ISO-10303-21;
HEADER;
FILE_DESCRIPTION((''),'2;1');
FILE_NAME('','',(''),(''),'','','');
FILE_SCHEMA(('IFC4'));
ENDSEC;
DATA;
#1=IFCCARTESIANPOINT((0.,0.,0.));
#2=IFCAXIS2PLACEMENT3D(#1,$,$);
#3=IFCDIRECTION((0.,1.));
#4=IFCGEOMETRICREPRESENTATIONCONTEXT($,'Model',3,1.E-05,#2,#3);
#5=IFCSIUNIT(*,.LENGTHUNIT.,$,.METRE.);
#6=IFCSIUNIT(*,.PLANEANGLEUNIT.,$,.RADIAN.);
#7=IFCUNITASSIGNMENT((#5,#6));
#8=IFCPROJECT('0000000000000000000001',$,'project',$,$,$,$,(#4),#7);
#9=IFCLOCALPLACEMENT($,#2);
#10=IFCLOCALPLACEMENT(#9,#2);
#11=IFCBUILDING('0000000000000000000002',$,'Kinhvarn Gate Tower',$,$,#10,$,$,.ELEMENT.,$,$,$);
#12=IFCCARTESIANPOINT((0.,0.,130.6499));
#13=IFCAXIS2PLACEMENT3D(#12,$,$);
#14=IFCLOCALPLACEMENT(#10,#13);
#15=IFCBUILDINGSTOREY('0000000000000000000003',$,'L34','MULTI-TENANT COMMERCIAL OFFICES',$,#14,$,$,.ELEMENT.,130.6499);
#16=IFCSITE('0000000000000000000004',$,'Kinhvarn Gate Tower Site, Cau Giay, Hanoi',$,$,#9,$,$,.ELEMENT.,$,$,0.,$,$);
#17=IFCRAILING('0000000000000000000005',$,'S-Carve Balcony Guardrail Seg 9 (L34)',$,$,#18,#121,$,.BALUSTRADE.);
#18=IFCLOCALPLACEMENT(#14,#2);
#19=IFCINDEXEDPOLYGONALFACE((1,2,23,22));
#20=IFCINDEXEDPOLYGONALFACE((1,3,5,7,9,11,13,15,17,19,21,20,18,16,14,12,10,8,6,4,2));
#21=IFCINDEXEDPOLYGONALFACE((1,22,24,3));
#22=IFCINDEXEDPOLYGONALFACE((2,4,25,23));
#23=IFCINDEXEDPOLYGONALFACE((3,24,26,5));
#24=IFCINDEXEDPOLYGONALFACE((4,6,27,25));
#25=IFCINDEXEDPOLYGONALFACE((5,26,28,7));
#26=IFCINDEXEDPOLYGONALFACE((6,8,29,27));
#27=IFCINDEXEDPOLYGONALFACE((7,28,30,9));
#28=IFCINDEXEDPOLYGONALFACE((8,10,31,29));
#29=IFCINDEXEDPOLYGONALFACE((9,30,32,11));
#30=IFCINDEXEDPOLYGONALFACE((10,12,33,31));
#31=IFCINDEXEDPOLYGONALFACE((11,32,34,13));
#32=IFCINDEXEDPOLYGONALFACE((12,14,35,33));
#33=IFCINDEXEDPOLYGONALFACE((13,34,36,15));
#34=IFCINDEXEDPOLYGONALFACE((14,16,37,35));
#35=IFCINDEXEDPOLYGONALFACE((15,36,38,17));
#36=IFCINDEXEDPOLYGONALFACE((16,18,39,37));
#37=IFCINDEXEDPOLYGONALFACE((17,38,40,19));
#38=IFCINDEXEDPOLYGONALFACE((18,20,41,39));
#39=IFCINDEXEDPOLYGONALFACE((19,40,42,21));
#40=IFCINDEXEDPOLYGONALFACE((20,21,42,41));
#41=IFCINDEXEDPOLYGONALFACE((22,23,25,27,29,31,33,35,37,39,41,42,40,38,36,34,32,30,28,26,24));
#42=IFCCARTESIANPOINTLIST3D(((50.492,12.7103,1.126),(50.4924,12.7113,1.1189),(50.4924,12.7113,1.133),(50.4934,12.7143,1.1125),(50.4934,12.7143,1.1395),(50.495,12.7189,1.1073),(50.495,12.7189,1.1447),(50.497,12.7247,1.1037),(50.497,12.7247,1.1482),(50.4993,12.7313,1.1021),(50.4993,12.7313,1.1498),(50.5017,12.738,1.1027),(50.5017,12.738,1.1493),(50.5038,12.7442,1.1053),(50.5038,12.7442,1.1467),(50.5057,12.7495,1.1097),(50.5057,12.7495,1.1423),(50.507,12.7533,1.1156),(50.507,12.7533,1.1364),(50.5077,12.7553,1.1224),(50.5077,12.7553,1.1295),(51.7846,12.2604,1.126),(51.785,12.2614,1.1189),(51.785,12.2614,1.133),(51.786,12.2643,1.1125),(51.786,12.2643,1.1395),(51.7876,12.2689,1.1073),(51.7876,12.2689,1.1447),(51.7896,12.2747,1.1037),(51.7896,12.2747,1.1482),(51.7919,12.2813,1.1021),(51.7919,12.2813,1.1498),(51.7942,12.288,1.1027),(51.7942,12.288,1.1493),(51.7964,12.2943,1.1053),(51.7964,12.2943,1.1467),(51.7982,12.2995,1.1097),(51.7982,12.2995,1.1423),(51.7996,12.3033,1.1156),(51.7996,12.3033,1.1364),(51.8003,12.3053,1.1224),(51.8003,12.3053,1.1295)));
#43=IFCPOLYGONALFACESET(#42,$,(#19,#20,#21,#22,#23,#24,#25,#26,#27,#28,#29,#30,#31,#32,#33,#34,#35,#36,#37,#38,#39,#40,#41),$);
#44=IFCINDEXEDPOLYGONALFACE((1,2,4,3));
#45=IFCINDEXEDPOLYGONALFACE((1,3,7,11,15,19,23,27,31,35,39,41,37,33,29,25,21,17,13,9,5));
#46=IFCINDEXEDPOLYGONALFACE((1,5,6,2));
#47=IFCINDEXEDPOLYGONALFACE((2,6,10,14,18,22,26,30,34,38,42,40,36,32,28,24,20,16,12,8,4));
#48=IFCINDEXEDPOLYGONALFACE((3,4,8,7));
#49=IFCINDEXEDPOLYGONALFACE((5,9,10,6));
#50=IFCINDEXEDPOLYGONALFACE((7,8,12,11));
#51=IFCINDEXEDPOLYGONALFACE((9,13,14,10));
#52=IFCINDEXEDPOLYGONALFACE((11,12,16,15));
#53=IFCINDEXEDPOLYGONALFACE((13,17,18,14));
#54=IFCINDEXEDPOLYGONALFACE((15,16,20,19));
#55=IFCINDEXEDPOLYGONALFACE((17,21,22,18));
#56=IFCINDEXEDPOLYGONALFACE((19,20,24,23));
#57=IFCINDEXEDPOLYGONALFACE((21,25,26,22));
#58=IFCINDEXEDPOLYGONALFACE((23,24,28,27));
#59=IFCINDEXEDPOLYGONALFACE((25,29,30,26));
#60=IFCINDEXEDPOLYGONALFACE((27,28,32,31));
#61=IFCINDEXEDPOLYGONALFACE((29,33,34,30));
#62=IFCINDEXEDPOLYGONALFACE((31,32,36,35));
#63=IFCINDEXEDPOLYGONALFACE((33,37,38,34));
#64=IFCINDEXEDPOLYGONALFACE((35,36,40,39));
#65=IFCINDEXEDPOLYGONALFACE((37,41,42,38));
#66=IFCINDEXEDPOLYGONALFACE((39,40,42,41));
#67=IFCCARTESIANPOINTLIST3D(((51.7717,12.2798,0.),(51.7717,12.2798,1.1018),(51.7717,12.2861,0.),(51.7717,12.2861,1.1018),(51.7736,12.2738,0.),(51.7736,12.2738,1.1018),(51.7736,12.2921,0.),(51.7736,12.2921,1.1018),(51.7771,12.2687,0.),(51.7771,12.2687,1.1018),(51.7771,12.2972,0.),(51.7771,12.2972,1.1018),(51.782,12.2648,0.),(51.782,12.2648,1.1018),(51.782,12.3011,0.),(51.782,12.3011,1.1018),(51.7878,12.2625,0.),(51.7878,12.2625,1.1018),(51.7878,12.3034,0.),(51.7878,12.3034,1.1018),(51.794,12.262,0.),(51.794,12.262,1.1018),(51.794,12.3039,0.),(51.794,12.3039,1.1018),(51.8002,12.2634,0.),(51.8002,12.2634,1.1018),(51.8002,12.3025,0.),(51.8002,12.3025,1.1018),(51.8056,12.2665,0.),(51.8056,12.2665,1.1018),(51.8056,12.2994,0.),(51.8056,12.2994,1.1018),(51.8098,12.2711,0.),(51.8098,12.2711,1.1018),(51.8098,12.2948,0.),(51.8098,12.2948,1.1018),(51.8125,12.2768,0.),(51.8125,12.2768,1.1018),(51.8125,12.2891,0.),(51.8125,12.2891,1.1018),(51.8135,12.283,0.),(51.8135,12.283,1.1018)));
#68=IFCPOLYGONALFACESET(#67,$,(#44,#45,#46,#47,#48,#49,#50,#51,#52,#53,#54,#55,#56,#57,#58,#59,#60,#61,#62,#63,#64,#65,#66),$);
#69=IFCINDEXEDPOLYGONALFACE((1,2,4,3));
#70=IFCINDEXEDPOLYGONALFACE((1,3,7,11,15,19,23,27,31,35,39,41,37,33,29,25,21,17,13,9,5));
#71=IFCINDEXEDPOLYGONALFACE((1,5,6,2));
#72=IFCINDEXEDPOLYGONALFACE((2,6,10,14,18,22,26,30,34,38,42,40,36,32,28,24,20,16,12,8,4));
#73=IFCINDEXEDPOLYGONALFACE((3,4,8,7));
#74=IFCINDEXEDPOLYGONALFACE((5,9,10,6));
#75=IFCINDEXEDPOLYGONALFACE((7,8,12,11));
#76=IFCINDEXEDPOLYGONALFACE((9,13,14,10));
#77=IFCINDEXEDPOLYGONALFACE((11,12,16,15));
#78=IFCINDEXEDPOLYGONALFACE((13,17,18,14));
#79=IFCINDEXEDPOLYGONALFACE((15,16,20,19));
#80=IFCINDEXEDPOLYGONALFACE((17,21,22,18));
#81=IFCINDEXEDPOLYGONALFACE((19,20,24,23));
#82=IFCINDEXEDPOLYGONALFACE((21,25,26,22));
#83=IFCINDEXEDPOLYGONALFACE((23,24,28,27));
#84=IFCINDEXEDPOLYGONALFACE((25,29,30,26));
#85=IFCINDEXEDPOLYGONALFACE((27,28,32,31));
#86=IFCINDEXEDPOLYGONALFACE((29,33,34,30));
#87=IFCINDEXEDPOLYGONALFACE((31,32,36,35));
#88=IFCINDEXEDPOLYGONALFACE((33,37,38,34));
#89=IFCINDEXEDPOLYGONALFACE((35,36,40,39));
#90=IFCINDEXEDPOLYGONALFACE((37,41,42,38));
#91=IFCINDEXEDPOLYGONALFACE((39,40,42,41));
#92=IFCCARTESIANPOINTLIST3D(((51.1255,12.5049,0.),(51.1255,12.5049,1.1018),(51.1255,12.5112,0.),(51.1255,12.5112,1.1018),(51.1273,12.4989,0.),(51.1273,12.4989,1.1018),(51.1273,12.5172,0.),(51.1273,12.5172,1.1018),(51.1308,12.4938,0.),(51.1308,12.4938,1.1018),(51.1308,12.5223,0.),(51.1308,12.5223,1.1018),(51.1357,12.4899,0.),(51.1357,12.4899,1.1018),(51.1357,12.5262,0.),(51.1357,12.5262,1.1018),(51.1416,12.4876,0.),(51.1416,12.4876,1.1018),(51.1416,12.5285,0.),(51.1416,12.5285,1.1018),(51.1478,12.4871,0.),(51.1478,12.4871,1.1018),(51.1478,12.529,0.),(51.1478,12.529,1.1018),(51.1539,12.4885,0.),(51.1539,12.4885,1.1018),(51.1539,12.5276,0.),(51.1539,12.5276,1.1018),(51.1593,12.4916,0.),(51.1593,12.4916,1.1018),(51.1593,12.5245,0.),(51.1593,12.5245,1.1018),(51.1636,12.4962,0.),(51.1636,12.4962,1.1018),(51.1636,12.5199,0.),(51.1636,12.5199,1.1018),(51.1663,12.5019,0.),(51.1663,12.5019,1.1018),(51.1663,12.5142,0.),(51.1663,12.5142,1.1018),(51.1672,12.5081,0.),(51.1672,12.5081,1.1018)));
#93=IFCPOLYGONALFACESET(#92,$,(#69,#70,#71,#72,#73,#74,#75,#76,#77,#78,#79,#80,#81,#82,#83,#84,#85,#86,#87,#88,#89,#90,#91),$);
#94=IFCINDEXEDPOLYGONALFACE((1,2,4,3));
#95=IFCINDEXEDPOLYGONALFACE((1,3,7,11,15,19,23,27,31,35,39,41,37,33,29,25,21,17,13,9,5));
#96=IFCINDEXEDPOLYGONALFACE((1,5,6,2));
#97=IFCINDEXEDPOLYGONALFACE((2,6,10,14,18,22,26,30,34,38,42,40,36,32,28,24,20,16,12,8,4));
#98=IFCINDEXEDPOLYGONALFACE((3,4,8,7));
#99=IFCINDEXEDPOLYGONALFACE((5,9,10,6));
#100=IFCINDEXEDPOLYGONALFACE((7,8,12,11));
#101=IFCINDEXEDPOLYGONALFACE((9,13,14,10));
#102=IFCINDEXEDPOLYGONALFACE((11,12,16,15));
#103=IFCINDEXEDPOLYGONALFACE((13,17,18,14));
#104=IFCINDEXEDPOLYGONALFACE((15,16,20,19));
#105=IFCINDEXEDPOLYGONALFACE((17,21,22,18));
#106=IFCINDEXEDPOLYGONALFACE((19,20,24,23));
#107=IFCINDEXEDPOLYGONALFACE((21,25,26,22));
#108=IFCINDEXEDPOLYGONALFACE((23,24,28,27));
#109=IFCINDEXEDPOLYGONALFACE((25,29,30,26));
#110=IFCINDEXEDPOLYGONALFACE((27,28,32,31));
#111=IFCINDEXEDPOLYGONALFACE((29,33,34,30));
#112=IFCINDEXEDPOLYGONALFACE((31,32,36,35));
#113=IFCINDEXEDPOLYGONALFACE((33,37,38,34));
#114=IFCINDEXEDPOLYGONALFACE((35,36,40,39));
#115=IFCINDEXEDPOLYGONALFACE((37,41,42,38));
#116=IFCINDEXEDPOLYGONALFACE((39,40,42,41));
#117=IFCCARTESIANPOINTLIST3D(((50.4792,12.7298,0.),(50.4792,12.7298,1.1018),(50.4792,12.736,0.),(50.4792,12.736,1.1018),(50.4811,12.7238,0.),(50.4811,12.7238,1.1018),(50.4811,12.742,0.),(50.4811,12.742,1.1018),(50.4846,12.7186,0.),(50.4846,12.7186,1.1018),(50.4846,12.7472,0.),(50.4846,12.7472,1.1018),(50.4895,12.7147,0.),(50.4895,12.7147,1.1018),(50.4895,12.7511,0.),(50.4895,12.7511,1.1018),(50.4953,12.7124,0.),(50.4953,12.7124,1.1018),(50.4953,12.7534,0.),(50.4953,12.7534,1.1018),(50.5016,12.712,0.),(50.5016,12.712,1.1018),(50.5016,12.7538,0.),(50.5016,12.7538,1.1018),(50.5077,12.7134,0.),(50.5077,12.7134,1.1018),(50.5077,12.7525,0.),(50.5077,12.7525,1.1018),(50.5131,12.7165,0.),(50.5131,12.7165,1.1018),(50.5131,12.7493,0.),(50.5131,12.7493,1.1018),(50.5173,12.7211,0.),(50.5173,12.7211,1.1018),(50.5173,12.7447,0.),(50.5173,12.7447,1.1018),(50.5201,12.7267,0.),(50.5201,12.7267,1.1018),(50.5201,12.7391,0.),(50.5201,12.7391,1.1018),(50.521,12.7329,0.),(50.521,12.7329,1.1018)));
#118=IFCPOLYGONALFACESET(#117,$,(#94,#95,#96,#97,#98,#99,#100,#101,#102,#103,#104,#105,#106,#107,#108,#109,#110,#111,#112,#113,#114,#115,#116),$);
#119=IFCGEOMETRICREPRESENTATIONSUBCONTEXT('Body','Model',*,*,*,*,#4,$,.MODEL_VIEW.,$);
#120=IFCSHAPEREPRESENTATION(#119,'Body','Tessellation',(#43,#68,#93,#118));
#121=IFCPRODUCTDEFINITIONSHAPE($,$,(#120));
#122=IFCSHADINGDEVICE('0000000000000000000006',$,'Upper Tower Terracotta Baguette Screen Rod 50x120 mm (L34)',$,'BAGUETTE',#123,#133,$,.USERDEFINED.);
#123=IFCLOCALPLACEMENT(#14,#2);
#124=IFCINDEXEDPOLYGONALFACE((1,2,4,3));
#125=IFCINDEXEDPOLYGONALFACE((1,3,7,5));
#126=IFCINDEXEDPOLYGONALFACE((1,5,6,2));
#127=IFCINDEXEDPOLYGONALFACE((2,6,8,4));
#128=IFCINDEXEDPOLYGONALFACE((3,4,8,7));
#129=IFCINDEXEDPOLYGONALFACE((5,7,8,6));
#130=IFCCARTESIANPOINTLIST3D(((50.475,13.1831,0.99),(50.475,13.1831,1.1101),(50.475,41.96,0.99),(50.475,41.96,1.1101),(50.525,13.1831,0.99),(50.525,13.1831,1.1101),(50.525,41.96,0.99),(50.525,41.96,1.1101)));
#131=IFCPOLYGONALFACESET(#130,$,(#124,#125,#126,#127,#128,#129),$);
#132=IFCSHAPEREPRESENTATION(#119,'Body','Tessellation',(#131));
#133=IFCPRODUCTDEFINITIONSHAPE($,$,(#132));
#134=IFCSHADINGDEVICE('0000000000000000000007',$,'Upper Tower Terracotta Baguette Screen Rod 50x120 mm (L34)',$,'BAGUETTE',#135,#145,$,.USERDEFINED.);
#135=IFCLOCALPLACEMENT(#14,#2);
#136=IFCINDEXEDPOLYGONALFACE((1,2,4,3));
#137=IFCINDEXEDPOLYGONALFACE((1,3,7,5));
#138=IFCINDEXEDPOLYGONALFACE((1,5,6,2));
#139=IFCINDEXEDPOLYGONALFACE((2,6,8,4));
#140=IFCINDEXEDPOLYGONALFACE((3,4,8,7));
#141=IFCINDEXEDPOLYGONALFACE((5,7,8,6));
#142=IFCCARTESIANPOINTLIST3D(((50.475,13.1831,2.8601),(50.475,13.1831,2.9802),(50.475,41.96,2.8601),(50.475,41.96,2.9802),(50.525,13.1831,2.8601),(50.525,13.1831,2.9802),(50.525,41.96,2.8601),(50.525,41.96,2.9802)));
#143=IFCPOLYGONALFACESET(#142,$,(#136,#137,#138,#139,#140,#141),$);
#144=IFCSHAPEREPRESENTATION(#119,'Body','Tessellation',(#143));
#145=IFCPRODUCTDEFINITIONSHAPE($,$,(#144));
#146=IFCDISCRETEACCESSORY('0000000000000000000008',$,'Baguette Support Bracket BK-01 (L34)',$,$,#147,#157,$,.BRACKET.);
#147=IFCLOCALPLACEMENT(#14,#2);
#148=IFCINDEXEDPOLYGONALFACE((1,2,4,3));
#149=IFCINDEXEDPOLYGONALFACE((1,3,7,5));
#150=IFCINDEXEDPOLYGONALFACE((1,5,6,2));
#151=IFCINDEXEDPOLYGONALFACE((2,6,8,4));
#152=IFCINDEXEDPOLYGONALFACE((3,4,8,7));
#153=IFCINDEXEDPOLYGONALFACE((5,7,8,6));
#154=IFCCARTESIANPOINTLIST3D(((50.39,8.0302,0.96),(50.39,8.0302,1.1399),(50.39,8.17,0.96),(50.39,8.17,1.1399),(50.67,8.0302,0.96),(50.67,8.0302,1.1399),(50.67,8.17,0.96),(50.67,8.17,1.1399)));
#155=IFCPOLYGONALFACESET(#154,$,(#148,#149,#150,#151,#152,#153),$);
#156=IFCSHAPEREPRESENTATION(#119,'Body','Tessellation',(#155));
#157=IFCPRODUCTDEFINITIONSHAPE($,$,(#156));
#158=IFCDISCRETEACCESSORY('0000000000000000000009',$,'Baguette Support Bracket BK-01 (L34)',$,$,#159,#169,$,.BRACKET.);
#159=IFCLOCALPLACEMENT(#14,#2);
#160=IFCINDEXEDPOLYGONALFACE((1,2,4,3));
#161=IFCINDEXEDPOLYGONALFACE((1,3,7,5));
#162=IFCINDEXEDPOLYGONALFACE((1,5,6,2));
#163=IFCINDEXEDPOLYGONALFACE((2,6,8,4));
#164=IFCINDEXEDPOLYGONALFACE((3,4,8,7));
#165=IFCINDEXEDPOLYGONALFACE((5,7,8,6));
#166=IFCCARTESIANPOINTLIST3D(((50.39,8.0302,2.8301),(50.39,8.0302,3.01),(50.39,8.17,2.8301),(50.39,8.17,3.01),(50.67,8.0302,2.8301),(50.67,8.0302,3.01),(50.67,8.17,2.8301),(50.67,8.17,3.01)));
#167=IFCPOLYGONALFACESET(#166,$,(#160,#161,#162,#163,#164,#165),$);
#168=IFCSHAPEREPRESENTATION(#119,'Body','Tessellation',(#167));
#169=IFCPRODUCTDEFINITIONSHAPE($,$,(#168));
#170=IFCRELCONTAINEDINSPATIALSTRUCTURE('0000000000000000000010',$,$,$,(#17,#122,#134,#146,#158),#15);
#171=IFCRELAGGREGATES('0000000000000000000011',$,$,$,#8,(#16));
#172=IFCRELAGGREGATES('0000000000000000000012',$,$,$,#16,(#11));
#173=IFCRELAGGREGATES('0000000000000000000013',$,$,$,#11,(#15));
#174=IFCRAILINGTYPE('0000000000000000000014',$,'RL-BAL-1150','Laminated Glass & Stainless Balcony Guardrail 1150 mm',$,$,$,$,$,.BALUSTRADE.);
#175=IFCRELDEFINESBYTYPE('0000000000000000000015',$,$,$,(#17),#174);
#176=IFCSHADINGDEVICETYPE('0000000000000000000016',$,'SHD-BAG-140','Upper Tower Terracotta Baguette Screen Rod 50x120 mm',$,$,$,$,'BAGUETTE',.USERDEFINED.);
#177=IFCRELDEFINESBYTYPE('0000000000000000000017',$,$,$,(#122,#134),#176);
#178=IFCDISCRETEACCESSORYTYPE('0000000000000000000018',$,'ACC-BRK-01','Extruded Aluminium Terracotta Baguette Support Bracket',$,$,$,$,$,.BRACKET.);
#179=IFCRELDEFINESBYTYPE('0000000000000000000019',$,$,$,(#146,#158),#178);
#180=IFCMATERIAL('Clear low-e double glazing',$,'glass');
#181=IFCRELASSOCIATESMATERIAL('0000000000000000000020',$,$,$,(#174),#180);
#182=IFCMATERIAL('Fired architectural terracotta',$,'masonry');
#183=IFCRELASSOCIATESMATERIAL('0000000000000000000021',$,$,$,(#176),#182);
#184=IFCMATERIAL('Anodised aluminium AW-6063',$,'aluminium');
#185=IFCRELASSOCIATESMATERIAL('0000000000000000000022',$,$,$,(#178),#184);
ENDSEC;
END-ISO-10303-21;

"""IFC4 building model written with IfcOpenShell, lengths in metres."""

from ifc_helpers import new_model, si_unit, direction, frame, origin, origin_2d, place, context, subcontext, project, spatial, rectangle, circle, extrude, material, material_profile, profile_set, type_object, element, save


model = new_model("IFC4")

# Units and contexts
model_context = context("Model", 3, precision=1e-05, world=origin(), true_north=direction((0.0, 1.0)))
body_context = subcontext(model_context, "Body", "Model", "MODEL_VIEW")
ifc_project = project(units=[si_unit("LENGTHUNIT", "METRE"), si_unit("PLANEANGLEUNIT", "RADIAN")], contexts=[model_context])

# Site, building, storey
site_placement = place(None, origin())
site = spatial("IfcSite", under=ifc_project, at=site_placement, Name="Kinhvarn Gate Tower Site, Cau Giay, Hanoi", CompositionType="ELEMENT", RefElevation=0.0)
building_placement = place(site_placement, origin())
building = spatial("IfcBuilding", under=site, at=building_placement, Name="Kinhvarn Gate Tower", CompositionType="ELEMENT")
storey_placement = place(building_placement, frame((0.0, 0.0, 130.6499)))
storey = spatial("IfcBuildingStorey", under=building, at=storey_placement, Name="L34", Description="MULTI-TENANT COMMERCIAL OFFICES", CompositionType="ELEMENT", Elevation=130.6499)

# Shared definitions
ifc_material_1 = material(Name="Anodised aluminium AW-6063", Category="aluminium")

# Shared definitions
ifc_material_2 = material(Name="Clear low-e double glazing", Category="glass")

# Shared definitions
ifc_material_3 = material(Name="Fired architectural terracotta", Category="masonry")

# Railing
railing_type = type_object("IfcRailingType", Name="RL-BAL-1150", Description="Laminated Glass & Stainless Balcony Guardrail 1150 mm", PredefinedType="BALUSTRADE", material=ifc_material_2)
railing_placement = place(storey_placement, frame((51.7925, 12.283, 0.0)))
element("IfcRailing", 1, at=railing_placement, inside=storey, type_object=railing_type, Name="S-Carve Balcony Guardrail Seg 9 (L34)", PredefinedType="BALUSTRADE", context=body_context, shape_type="SweptSolid", body=[
    extrude(circle(Radius=0.0239, at=origin_2d()), frame((0.0, 0.0, 1.126), z_axis=(-0.944408, 0.328777, 0.0), x_axis=(-0.328777, -0.944408, 0.0)), (0.0, 0.0, 1.0), 1.3687),
    extrude(circle(Radius=0.021, at=origin_2d()), origin(), (0.0, 0.0, 1.0), 1.1018),
    extrude(circle(Radius=0.021, at=origin_2d()), frame((-0.6462, 0.2251, 0.0)), (0.0, 0.0, 1.0), 1.1018),
    extrude(circle(Radius=0.021, at=origin_2d()), frame((-1.2925, 0.45, 0.0)), (0.0, 0.0, 1.0), 1.1018),
])

# Shading devices
ifc_material_profile_1 = material_profile(ifc_material_3, rectangle(XDim=0.05, YDim=0.1201, at=origin_2d()), Name="TC 50x120")
ifc_profile_set_1 = profile_set([ifc_material_profile_1], Name="Fired architectural terracotta")
shading_device_type = type_object("IfcShadingDeviceType", Name="SHD-BAG-140", Description="Upper Tower Terracotta Baguette Screen Rod 50x120 mm", ElementType="BAGUETTE", PredefinedType="USERDEFINED", material=ifc_profile_set_1)
for number, where, z_axis, x_axis, name in (
    (2, (50.5, 13.1831, 1.05), (0.0, 1.0, 0.0), (-1.0, 0.0, 0.0), "Upper Tower Terracotta Baguette Screen Rod 50x120 mm (L34)"),
    (3, (50.5, 13.1831, 2.9202), (0.0, 1.0, 0.0), (-1.0, 0.0, 0.0), "Upper Tower Terracotta Baguette Screen Rod 50x120 mm (L34)"),
):
    element("IfcShadingDevice", number, at=place(storey_placement, frame(where, z_axis=z_axis, x_axis=x_axis)), inside=storey, type_object=shading_device_type, Name=name, ObjectType="BAGUETTE", PredefinedType="USERDEFINED", context=body_context, shape_type="SweptSolid", body=[
        extrude(rectangle(XDim=0.05, YDim=0.1201, at=origin_2d()), origin(), (0.0, 0.0, 1.0), 28.7769),
    ])

# Discrete accessories
discrete_accessory_type = type_object("IfcDiscreteAccessoryType", Name="ACC-BRK-01", Description="Extruded Aluminium Terracotta Baguette Support Bracket", PredefinedType="BRACKET", material=ifc_material_1)
for number, where, z_axis, x_axis, name in (
    (4, (50.53, 8.1001, 0.96), (0.0, 0.0, 1.0), (0.0, 1.0, 0.0), "Baguette Support Bracket BK-01 (L34)"),
    (5, (50.53, 8.1001, 2.8301), (0.0, 0.0, 1.0), (0.0, 1.0, 0.0), "Baguette Support Bracket BK-01 (L34)"),
):
    element("IfcDiscreteAccessory", number, at=place(storey_placement, frame(where, z_axis=z_axis, x_axis=x_axis)), inside=storey, type_object=discrete_accessory_type, Name=name, PredefinedType="BRACKET", context=body_context, shape_type="SweptSolid", body=[
        extrude(rectangle(XDim=0.1399, YDim=0.28, at=origin_2d()), origin(), (0.0, 0.0, 1.0), 0.1799),
    ])

save(model, "model.ifc")
